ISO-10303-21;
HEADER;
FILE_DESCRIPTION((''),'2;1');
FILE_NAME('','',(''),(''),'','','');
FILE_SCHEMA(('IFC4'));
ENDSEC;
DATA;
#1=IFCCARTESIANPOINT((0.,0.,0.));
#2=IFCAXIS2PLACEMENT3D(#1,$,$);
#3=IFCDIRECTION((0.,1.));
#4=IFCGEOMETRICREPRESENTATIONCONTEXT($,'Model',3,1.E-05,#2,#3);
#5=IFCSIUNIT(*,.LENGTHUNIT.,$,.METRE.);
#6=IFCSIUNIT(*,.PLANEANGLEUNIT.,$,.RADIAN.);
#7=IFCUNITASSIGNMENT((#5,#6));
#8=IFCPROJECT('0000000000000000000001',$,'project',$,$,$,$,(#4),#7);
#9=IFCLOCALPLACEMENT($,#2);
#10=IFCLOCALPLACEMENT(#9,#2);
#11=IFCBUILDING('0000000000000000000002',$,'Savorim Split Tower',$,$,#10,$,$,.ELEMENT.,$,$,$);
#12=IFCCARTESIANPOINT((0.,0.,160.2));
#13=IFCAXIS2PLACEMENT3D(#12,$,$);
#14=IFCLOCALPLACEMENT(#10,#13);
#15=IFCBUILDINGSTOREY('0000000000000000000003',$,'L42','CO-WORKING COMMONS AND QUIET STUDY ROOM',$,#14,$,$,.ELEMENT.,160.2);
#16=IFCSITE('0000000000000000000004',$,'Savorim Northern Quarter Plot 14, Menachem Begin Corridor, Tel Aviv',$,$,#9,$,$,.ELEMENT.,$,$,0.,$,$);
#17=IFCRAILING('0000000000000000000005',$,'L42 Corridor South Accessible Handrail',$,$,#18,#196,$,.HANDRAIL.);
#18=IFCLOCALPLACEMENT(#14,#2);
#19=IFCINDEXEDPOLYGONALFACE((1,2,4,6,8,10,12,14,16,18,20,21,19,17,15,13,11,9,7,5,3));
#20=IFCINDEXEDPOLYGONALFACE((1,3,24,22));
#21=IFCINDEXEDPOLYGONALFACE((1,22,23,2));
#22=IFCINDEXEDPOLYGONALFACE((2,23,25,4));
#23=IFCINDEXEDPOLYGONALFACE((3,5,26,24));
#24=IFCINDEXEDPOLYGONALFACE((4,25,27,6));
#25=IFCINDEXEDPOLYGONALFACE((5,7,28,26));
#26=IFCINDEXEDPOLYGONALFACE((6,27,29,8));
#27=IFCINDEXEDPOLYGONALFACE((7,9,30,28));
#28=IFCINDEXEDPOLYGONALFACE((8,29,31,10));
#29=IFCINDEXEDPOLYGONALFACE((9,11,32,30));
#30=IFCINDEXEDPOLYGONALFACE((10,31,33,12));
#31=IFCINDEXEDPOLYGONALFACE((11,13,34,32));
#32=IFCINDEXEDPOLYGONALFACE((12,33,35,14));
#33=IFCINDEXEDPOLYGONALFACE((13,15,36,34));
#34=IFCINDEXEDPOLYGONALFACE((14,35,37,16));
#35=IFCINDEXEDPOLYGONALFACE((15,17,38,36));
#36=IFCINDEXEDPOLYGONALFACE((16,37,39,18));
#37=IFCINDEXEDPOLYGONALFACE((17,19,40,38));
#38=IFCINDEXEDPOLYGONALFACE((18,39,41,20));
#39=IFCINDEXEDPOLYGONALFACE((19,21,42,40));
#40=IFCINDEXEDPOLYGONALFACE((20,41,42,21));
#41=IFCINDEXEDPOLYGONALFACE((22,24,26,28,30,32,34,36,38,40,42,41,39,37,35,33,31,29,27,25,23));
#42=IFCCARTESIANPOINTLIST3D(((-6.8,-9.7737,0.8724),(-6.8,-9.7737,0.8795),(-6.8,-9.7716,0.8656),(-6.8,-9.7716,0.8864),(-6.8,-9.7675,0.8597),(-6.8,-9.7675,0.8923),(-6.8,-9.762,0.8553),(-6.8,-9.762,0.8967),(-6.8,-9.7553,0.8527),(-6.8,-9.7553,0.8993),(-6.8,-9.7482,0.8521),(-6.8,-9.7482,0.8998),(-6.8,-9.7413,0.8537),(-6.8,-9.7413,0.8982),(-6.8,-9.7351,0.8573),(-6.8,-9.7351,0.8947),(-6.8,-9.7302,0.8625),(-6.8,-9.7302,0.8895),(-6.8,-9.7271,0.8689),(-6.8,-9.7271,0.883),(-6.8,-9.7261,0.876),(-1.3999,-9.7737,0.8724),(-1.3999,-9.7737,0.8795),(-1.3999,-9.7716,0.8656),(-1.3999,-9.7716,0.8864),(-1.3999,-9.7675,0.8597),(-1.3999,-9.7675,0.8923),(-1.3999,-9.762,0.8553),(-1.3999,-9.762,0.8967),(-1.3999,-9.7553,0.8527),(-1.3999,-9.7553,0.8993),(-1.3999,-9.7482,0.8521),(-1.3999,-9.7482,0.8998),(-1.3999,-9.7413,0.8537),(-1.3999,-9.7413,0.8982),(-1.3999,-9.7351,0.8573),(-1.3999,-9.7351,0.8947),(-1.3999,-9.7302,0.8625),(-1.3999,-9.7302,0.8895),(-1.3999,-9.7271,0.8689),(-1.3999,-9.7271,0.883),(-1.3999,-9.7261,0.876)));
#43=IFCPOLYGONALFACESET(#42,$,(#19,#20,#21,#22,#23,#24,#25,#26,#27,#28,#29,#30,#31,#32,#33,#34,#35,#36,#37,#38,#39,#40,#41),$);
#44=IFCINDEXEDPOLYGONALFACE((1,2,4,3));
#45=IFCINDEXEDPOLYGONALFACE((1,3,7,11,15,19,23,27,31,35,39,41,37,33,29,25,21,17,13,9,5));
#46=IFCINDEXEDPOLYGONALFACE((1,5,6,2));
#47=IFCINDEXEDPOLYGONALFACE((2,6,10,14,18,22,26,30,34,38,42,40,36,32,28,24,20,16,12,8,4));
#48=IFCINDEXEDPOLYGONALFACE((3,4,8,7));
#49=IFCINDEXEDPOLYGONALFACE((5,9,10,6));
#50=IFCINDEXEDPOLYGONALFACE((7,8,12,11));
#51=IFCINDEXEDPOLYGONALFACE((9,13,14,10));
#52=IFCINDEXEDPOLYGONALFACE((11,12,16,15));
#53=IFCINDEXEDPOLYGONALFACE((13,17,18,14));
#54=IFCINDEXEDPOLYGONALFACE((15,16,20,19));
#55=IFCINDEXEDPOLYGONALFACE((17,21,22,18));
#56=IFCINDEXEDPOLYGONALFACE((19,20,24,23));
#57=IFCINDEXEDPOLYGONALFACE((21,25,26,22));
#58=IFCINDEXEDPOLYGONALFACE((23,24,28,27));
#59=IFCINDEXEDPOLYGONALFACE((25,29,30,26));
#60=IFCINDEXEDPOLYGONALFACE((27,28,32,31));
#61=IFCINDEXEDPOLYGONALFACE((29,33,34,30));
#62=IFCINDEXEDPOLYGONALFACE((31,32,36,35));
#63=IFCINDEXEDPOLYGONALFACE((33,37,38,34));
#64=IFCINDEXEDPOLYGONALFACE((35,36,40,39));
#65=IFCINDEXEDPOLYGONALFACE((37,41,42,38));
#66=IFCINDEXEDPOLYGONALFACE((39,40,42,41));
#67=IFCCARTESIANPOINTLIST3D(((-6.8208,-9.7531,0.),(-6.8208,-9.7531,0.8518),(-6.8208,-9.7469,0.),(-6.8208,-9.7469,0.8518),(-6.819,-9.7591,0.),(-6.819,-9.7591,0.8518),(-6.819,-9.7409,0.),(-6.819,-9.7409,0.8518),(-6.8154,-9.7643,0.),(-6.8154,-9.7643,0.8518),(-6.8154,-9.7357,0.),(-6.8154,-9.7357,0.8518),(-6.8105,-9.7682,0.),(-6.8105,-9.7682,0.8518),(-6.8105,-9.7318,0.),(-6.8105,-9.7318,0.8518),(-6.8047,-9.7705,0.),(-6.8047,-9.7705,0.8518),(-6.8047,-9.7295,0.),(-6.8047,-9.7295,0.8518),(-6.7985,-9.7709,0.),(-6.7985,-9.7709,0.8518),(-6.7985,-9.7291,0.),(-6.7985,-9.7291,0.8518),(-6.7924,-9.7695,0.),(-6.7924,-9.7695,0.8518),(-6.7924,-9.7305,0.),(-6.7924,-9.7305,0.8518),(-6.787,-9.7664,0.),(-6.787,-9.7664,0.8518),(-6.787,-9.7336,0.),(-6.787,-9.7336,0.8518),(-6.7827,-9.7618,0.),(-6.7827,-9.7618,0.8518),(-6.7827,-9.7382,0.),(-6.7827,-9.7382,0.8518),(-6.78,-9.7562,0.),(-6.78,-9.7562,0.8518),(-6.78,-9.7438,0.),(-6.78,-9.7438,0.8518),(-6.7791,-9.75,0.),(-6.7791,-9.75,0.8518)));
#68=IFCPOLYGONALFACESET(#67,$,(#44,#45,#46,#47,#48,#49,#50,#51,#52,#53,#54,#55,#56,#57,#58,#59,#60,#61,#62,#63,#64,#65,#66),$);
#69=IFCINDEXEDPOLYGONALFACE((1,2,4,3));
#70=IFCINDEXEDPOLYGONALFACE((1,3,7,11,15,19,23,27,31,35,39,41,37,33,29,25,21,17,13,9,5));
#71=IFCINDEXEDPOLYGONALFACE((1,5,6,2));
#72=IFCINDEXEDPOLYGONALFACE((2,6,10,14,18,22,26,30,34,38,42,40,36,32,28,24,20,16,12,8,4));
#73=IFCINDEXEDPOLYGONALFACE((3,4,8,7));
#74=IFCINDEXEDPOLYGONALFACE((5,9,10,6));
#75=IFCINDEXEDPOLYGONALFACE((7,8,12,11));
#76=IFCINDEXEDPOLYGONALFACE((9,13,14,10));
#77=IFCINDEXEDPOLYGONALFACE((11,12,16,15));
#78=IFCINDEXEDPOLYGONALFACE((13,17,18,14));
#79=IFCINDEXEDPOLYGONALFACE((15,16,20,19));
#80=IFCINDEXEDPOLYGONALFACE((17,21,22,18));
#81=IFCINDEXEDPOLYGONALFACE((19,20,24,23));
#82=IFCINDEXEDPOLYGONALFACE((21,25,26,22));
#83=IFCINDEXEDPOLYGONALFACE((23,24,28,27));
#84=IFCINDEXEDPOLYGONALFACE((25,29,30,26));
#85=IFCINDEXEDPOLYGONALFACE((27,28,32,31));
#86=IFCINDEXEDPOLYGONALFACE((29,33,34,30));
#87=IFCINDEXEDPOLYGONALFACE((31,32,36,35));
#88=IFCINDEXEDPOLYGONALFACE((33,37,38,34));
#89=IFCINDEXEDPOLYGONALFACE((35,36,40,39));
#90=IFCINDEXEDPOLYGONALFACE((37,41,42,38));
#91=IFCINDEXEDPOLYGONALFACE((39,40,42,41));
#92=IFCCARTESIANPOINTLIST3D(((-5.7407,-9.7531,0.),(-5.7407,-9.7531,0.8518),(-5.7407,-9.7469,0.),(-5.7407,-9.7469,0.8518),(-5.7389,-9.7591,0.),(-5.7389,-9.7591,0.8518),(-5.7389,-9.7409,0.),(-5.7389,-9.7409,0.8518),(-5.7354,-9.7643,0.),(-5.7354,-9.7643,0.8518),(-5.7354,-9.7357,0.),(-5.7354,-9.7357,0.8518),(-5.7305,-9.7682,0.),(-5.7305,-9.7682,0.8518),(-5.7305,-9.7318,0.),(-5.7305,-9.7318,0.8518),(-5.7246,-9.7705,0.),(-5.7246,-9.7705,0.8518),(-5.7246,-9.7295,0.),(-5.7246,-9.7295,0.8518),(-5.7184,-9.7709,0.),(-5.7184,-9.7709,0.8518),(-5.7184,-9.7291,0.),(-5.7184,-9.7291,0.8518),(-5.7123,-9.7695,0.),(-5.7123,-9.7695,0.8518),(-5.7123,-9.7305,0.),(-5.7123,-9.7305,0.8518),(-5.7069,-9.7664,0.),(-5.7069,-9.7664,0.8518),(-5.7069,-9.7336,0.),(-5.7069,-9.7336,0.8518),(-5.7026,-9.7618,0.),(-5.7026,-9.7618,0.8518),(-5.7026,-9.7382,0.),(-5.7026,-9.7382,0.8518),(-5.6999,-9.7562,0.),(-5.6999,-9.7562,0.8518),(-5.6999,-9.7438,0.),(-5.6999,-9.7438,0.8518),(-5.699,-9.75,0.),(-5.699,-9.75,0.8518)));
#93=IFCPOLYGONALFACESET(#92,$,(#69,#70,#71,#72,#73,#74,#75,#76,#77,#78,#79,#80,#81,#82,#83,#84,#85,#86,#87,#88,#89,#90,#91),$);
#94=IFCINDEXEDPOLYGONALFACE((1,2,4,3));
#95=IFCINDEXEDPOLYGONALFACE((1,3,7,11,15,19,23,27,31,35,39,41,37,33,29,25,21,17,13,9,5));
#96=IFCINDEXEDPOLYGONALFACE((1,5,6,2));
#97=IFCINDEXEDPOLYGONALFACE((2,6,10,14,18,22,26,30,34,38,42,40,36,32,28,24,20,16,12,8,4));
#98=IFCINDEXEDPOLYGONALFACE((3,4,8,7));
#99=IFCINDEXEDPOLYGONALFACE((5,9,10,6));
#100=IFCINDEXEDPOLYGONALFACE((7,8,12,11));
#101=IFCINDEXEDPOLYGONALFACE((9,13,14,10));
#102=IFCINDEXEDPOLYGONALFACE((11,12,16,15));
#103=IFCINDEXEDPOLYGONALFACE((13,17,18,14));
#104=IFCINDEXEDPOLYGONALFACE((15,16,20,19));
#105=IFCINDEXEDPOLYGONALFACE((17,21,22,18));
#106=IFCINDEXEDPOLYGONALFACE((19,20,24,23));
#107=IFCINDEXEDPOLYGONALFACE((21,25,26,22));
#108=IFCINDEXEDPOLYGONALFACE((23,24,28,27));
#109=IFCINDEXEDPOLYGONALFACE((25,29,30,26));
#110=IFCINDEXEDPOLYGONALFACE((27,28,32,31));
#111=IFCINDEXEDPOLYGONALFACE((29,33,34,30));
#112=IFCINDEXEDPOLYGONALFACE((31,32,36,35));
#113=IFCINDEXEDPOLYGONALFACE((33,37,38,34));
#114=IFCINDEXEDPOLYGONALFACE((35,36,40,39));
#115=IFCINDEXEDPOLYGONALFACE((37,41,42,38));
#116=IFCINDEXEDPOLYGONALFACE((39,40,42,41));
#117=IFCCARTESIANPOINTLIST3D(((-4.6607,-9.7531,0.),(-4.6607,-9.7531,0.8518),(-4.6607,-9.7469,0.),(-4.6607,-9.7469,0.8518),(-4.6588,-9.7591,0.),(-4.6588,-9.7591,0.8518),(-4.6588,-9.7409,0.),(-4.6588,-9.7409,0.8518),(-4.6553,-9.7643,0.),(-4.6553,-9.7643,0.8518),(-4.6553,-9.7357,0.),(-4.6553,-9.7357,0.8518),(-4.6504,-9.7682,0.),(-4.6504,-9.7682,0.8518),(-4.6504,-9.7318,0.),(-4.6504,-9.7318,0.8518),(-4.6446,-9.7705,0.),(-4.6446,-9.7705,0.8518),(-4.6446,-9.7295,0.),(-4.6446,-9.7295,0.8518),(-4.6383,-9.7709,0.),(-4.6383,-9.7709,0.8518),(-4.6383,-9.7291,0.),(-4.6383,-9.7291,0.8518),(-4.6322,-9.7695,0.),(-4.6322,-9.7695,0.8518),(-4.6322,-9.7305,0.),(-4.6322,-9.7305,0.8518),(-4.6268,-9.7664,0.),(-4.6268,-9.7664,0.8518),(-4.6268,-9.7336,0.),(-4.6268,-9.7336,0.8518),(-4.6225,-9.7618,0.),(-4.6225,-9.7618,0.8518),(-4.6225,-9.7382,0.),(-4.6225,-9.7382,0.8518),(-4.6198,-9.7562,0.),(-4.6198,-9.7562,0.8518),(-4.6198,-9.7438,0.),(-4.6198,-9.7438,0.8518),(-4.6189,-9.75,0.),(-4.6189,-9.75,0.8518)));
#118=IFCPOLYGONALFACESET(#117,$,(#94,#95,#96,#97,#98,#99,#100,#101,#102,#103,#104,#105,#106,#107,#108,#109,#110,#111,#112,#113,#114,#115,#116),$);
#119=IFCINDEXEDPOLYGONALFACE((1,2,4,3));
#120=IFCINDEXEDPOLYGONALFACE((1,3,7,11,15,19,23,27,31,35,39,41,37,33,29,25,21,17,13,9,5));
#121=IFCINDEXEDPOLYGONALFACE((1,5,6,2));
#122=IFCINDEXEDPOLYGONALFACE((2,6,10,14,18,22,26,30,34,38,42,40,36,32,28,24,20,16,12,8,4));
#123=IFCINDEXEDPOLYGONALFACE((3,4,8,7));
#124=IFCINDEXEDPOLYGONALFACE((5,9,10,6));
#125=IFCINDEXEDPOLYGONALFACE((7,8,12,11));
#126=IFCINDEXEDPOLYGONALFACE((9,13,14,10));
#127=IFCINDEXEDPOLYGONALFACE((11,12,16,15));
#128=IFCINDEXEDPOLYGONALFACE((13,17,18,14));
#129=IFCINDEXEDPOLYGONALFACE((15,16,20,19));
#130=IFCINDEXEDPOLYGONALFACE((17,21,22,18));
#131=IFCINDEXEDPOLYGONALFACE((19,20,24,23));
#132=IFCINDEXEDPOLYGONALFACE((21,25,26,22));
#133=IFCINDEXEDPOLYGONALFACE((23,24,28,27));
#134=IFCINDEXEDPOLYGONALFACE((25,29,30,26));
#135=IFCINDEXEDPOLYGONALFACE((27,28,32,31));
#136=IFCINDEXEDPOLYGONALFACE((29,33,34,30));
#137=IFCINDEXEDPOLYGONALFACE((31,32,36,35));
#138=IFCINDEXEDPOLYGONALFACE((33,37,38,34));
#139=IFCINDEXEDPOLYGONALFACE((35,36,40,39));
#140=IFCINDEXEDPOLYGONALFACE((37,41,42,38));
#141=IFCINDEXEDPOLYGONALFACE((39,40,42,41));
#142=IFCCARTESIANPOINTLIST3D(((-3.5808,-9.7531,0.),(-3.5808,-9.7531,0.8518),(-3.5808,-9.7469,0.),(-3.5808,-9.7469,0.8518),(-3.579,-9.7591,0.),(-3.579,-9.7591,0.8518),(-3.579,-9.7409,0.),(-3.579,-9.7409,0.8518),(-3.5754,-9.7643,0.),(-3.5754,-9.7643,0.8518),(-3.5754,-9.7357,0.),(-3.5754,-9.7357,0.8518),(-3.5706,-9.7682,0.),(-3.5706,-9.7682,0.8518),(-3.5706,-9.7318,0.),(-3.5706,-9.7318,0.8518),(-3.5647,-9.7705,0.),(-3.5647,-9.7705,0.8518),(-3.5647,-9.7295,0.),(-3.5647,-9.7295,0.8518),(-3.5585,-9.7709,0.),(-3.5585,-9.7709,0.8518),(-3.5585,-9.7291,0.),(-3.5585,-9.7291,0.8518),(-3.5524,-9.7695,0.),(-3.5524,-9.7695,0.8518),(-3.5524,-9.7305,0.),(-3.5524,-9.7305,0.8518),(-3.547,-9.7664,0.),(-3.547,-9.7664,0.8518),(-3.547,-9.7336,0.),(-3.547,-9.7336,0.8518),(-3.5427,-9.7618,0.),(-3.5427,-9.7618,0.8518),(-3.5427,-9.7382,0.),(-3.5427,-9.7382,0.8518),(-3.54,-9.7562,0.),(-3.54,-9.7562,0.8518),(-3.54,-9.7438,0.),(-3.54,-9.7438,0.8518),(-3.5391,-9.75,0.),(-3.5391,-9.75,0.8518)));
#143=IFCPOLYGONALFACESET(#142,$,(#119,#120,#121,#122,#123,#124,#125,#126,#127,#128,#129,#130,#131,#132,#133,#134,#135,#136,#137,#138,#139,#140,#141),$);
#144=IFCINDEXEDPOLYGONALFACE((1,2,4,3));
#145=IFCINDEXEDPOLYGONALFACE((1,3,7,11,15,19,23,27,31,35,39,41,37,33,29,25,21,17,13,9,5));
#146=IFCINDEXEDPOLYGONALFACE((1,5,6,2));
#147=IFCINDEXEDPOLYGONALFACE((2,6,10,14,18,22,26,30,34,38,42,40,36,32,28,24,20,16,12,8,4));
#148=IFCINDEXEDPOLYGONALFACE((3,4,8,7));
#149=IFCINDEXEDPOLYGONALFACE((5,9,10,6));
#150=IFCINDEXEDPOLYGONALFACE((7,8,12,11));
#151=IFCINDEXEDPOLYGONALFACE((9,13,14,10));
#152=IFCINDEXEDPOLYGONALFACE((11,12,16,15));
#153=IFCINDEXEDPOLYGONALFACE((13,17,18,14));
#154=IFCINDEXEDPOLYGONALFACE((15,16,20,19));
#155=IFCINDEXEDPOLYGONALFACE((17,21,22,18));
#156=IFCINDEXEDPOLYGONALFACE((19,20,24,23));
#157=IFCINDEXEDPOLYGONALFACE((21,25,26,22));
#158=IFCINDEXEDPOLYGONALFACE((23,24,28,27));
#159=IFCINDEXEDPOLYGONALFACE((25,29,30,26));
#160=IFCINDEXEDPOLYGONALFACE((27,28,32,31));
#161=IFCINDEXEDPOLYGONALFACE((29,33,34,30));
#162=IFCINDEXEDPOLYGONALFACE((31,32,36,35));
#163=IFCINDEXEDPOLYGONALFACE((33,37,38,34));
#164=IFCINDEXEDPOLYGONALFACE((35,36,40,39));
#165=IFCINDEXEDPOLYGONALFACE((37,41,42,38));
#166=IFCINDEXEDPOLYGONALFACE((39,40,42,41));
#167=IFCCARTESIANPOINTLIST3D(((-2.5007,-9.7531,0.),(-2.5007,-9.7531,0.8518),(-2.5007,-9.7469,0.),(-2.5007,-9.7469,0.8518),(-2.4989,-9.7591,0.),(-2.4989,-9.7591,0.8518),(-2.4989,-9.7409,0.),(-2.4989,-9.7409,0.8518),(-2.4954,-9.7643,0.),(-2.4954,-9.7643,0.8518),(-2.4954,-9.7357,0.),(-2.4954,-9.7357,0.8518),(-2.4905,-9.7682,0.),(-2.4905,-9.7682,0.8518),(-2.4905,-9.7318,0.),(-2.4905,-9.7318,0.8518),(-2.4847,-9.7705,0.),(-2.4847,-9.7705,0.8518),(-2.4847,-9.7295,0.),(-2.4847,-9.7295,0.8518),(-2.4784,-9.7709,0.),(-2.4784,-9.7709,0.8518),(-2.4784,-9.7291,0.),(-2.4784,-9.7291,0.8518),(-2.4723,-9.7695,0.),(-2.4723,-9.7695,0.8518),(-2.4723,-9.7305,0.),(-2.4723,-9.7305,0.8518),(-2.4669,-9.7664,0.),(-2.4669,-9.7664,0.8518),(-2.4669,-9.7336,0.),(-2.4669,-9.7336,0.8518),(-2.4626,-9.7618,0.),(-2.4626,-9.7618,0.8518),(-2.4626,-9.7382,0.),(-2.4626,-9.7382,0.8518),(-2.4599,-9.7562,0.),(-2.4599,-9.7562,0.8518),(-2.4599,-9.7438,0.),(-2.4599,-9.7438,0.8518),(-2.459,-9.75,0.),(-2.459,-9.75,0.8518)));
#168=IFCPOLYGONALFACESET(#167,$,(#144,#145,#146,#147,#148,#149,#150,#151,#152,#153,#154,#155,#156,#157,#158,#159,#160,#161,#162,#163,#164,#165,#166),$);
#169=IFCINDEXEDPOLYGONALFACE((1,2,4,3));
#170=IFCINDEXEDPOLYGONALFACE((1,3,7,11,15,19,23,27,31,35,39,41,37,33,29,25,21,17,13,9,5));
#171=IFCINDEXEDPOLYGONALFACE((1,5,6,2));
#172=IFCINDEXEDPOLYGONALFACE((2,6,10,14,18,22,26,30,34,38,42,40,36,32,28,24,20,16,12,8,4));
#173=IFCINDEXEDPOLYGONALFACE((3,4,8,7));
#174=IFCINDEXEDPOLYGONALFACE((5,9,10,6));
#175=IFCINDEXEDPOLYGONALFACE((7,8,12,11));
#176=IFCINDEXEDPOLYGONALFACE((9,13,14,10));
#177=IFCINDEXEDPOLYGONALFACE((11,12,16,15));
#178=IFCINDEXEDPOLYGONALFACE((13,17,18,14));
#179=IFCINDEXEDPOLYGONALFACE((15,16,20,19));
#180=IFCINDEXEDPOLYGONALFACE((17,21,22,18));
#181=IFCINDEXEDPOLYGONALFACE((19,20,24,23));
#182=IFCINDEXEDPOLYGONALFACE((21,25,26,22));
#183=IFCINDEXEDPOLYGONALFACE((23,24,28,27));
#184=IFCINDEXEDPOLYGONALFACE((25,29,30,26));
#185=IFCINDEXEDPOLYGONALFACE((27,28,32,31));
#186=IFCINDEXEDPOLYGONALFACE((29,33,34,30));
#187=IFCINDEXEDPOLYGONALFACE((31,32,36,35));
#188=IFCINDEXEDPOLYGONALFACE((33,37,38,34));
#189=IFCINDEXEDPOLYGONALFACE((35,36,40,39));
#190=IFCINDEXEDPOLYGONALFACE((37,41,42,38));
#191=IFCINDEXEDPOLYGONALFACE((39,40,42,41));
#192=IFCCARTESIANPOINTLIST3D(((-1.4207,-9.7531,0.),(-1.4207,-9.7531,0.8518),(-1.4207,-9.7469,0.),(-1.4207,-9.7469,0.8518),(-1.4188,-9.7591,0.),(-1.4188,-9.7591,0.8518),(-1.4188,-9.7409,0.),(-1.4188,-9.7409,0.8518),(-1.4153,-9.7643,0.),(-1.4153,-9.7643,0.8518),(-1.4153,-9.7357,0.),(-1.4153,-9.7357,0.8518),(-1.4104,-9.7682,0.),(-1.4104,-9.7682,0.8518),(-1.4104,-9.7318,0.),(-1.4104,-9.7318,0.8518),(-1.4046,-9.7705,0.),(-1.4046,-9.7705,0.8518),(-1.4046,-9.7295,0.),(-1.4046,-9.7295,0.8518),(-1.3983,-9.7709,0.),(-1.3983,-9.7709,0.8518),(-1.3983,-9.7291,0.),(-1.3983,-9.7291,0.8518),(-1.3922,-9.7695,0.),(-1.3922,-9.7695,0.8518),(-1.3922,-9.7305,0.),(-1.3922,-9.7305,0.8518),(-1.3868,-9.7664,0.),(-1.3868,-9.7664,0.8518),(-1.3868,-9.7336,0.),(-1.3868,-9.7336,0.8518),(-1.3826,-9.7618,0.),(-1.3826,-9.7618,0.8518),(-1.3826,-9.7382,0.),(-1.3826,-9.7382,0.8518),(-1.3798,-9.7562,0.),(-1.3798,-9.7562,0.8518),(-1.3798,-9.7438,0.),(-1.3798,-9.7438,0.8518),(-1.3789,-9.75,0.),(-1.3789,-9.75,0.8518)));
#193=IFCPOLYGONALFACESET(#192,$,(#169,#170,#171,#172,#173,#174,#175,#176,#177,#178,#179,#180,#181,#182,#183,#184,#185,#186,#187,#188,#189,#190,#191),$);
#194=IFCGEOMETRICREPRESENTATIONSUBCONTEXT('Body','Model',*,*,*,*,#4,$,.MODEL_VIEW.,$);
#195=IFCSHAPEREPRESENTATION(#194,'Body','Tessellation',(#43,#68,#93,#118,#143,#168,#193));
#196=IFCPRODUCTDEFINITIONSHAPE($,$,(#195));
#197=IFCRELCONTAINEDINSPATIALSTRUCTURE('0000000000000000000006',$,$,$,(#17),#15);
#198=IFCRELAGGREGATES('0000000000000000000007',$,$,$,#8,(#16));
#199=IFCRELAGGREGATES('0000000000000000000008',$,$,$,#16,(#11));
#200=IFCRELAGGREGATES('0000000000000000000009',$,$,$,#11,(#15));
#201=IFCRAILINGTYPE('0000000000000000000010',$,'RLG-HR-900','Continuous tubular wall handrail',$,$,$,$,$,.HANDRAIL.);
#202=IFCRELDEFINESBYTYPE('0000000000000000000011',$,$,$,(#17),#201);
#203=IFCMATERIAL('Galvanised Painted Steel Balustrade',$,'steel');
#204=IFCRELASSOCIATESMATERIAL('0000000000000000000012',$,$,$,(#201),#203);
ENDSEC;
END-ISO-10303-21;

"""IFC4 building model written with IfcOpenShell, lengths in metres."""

from ifc_helpers import new_model, si_unit, direction, frame, origin, origin_2d, place, context, subcontext, project, spatial, circle, extrude, material, type_object, element, save


model = new_model("IFC4")

# Units and contexts
model_context = context("Model", 3, precision=1e-05, world=origin(), true_north=direction((0.0, 1.0)))
body_context = subcontext(model_context, "Body", "Model", "MODEL_VIEW")
ifc_project = project(units=[si_unit("LENGTHUNIT", "METRE"), si_unit("PLANEANGLEUNIT", "RADIAN")], contexts=[model_context])

# Site, building, storey
site_placement = place(None, origin())
site = spatial("IfcSite", under=ifc_project, at=site_placement, Name="Savorim Northern Quarter Plot 14, Menachem Begin Corridor, Tel Aviv", CompositionType="ELEMENT", RefElevation=0.0)
building_placement = place(site_placement, origin())
building = spatial("IfcBuilding", under=site, at=building_placement, Name="Savorim Split Tower", CompositionType="ELEMENT")
storey_placement = place(building_placement, frame((0.0, 0.0, 160.2)))
storey = spatial("IfcBuildingStorey", under=building, at=storey_placement, Name="L42", Description="CO-WORKING COMMONS AND QUIET STUDY ROOM", CompositionType="ELEMENT", Elevation=160.2)

# Railing
ifc_material_1 = material(Name="Galvanised Painted Steel Balustrade", Category="steel")
railing_type = type_object("IfcRailingType", Name="RLG-HR-900", Description="Continuous tubular wall handrail", PredefinedType="HANDRAIL", material=ifc_material_1)
railing_placement = place(storey_placement, frame((-6.8, -9.75, 0.0)))
element("IfcRailing", 1, at=railing_placement, inside=storey, type_object=railing_type, Name="L42 Corridor South Accessible Handrail", PredefinedType="HANDRAIL", context=body_context, shape_type="SweptSolid", body=[
    extrude(circle(Radius=0.0239, at=origin_2d()), frame((0.0, 0.0, 0.876), z_axis=(1.0, 0.0, 0.0), x_axis=(0.0, 1.0, 0.0)), (0.0, 0.0, 1.0), 5.4001),
    extrude(circle(Radius=0.021, at=origin_2d()), origin(), (0.0, 0.0, 1.0), 0.8518),
    extrude(circle(Radius=0.021, at=origin_2d()), frame((1.0801, 0.0, 0.0)), (0.0, 0.0, 1.0), 0.8518),
    extrude(circle(Radius=0.021, at=origin_2d()), frame((2.1602, 0.0, 0.0)), (0.0, 0.0, 1.0), 0.8518),
    extrude(circle(Radius=0.021, at=origin_2d()), frame((3.24, 0.0, 0.0)), (0.0, 0.0, 1.0), 0.8518),
    extrude(circle(Radius=0.021, at=origin_2d()), frame((4.3201, 0.0, 0.0)), (0.0, 0.0, 1.0), 0.8518),
    extrude(circle(Radius=0.021, at=origin_2d()), frame((5.4001, 0.0, 0.0)), (0.0, 0.0, 1.0), 0.8518),
])

save(model, "model.ifc")
